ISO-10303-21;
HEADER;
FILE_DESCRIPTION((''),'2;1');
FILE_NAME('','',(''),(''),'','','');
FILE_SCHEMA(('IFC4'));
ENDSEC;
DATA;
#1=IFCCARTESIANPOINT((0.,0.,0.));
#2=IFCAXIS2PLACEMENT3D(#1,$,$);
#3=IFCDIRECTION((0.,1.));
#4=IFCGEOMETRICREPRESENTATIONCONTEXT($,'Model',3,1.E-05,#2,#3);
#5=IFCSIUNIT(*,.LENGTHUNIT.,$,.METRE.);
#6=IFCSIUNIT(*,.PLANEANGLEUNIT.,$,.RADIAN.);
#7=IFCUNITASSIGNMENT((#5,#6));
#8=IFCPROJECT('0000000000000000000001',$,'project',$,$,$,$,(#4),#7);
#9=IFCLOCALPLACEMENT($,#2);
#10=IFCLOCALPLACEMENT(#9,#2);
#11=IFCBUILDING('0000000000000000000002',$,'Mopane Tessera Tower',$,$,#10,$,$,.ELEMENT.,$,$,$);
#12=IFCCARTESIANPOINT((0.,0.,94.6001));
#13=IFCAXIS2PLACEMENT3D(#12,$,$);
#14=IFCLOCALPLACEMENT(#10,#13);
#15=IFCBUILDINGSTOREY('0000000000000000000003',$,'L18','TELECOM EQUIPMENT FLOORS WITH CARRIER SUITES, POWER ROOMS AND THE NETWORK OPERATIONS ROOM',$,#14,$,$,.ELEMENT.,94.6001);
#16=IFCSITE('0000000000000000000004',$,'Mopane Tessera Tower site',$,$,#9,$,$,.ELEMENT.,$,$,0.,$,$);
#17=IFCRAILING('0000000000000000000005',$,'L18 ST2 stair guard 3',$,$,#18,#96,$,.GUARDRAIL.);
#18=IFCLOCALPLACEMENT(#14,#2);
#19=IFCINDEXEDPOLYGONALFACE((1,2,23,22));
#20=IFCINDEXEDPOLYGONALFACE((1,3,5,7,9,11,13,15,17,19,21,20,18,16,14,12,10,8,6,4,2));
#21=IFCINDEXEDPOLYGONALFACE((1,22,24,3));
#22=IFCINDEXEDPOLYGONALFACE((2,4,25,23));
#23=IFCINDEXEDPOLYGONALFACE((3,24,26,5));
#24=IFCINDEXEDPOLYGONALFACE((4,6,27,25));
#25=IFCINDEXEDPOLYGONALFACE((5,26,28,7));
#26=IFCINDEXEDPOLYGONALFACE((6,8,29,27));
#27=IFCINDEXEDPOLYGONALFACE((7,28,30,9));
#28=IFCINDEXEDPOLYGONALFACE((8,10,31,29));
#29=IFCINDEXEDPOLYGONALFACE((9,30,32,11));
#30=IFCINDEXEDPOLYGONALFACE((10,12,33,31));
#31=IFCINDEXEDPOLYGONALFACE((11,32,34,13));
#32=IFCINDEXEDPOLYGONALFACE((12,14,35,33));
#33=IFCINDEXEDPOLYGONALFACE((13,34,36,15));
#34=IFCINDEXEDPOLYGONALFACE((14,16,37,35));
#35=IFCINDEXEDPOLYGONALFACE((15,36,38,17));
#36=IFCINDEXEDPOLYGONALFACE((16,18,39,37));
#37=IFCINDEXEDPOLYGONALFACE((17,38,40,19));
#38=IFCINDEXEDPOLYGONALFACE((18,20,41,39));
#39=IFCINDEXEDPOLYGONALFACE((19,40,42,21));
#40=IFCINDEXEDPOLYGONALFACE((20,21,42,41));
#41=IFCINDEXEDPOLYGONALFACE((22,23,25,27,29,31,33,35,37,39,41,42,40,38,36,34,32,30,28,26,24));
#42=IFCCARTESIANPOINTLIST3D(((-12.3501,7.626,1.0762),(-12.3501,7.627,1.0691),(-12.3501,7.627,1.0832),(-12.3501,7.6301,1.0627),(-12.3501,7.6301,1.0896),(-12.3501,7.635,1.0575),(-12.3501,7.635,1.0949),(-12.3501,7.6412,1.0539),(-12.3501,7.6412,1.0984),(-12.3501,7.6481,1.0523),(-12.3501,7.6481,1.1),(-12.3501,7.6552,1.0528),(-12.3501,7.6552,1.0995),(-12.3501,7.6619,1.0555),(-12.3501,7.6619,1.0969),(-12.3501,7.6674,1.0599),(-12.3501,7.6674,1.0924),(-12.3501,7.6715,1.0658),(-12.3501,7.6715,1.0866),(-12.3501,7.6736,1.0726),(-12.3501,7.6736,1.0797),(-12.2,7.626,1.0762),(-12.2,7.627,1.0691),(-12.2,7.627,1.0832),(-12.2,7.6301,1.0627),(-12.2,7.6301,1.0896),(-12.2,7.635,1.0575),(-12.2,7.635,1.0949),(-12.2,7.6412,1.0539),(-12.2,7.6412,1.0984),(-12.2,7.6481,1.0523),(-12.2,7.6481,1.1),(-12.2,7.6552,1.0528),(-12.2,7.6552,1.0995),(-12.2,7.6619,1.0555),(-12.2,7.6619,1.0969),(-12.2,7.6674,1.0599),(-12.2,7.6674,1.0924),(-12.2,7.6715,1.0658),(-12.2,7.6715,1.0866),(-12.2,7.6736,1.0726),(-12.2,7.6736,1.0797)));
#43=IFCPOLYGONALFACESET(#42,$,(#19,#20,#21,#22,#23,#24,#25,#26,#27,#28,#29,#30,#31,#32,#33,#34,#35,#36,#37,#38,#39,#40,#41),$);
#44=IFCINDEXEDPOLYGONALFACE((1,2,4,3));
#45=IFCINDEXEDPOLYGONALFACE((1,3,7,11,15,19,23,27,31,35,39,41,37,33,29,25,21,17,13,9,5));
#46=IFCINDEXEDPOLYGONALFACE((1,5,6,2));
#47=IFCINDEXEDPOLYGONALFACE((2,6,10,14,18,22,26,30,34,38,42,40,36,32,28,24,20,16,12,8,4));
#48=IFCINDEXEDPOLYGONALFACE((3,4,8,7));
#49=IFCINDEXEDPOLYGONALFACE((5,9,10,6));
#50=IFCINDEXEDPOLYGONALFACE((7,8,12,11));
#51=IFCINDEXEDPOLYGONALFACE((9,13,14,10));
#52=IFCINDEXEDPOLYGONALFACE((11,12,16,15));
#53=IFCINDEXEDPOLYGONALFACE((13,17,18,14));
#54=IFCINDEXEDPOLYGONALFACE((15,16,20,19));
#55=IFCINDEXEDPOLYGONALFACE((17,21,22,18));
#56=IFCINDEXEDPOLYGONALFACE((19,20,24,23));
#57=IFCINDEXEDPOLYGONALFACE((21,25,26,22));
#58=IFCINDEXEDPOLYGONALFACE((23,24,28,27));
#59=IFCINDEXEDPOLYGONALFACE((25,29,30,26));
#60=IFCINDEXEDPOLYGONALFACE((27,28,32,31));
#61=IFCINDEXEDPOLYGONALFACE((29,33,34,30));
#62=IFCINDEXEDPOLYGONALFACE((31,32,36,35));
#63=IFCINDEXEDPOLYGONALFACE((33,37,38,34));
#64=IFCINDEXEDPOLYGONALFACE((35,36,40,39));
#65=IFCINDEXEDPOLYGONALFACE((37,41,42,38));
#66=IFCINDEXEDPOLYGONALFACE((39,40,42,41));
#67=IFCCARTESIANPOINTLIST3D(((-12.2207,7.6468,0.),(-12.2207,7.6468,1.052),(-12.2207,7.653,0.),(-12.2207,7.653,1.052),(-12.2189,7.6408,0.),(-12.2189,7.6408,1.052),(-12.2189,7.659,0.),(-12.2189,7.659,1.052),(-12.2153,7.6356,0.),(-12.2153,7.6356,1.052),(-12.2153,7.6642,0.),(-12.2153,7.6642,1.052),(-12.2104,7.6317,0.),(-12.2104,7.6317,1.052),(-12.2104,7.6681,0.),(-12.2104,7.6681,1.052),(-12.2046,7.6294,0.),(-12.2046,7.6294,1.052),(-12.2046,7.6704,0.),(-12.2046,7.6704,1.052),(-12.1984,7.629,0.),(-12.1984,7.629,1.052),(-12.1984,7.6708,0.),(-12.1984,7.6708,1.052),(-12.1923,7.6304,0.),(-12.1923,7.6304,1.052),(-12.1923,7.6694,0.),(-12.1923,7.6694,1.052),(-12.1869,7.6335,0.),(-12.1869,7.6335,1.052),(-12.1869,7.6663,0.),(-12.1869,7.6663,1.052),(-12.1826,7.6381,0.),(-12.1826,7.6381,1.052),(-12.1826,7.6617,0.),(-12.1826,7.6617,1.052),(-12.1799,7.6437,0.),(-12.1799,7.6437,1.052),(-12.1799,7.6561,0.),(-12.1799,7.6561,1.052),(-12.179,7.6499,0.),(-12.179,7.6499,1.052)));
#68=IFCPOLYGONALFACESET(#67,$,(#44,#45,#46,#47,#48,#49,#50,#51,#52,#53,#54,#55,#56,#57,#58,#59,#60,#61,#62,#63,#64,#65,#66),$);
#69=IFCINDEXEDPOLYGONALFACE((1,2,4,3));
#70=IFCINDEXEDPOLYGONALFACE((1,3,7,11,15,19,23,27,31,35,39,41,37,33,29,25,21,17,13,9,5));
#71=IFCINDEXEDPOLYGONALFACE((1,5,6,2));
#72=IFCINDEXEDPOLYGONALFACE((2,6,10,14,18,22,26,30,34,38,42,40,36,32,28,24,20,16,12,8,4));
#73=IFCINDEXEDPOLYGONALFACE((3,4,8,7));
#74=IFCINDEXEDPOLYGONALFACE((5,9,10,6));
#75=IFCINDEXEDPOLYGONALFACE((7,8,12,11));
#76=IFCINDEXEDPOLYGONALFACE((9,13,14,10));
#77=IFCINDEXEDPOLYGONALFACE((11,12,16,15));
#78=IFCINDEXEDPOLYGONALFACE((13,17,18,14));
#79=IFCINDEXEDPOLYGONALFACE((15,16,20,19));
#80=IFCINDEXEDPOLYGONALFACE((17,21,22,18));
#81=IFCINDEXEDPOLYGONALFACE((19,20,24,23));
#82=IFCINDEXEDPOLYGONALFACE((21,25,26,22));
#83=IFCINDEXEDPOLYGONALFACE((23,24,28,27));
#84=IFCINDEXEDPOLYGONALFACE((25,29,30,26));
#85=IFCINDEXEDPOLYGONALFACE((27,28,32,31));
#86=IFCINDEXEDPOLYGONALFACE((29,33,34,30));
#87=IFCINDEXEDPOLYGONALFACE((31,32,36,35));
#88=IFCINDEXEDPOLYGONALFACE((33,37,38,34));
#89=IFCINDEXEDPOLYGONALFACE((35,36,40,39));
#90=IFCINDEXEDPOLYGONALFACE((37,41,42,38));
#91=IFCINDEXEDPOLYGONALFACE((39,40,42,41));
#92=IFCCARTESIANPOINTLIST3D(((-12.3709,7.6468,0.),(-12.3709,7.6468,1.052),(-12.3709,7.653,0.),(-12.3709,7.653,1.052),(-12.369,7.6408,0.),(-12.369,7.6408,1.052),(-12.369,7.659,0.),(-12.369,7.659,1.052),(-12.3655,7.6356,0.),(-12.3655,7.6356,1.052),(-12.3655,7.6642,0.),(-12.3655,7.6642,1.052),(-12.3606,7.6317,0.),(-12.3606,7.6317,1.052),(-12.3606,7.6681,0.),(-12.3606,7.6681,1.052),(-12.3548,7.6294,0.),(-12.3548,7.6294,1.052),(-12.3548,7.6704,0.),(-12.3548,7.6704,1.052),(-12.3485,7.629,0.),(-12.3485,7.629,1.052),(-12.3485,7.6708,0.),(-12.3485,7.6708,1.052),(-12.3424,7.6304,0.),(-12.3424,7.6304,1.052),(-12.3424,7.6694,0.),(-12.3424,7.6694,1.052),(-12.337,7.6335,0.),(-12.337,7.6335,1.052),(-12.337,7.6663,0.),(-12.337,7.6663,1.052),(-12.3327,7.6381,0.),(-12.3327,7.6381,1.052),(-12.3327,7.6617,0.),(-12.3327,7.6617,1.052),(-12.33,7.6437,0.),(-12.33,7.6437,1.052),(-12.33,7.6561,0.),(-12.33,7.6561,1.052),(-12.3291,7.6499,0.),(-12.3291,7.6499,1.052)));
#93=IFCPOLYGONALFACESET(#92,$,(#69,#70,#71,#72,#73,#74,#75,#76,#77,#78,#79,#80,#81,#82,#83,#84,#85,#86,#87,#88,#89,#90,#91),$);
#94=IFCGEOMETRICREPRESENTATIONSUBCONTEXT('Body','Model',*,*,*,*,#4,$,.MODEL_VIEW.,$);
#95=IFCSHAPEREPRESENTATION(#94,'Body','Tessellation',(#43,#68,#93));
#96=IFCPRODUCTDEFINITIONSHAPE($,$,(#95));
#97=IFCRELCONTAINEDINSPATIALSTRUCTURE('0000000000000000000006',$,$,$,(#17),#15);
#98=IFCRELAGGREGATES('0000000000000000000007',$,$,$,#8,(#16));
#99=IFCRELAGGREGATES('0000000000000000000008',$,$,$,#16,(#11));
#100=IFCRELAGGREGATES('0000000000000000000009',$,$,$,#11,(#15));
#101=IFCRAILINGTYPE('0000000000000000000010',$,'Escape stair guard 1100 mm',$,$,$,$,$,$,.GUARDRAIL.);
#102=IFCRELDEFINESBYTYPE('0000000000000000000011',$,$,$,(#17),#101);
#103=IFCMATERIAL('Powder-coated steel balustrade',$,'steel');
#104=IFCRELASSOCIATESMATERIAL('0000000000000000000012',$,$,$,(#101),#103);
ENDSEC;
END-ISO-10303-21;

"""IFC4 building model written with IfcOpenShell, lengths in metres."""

from ifc_helpers import new_model, si_unit, direction, frame, origin, origin_2d, place, context, subcontext, project, spatial, circle, extrude, material, type_object, element, save


model = new_model("IFC4")

# Units and contexts
model_context = context("Model", 3, precision=1e-05, world=origin(), true_north=direction((0.0, 1.0)))
body_context = subcontext(model_context, "Body", "Model", "MODEL_VIEW")
ifc_project = project(units=[si_unit("LENGTHUNIT", "METRE"), si_unit("PLANEANGLEUNIT", "RADIAN")], contexts=[model_context])

# Site, building, storey
site_placement = place(None, origin())
site = spatial("IfcSite", under=ifc_project, at=site_placement, Name="Mopane Tessera Tower site", CompositionType="ELEMENT", RefElevation=0.0)
building_placement = place(site_placement, origin())
building = spatial("IfcBuilding", under=site, at=building_placement, Name="Mopane Tessera Tower", CompositionType="ELEMENT")
storey_placement = place(building_placement, frame((0.0, 0.0, 94.6001)))
storey = spatial("IfcBuildingStorey", under=building, at=storey_placement, Name="L18", Description="TELECOM EQUIPMENT FLOORS WITH CARRIER SUITES, POWER ROOMS AND THE NETWORK OPERATIONS ROOM", CompositionType="ELEMENT", Elevation=94.6001)

# Railing
ifc_material_1 = material(Name="Powder-coated steel balustrade", Category="steel")
railing_type_1 = type_object("IfcRailingType", Name="Escape stair guard 1100 mm", PredefinedType="GUARDRAIL", material=ifc_material_1)
railing_1_placement = place(storey_placement, frame((-12.2, 7.6499, 0.0)))
element("IfcRailing", 1, at=railing_1_placement, inside=storey, type_object=railing_type_1, Name="L18 ST2 stair guard 3", PredefinedType="GUARDRAIL", context=body_context, shape_type="SweptSolid", body=[
    extrude(circle(Radius=0.0239, at=origin_2d()), frame((0.0, 0.0, 1.0762), z_axis=(-1.0, 0.0, 0.0), x_axis=(0.0, -1.0, 0.0)), (0.0, 0.0, 1.0), 0.1501),
    extrude(circle(Radius=0.021, at=origin_2d()), origin(), (0.0, 0.0, 1.0), 1.052),
    extrude(circle(Radius=0.021, at=origin_2d()), frame((-0.1501, 0.0, 0.0)), (0.0, 0.0, 1.0), 1.052),
])

save(model, "model.ifc")
